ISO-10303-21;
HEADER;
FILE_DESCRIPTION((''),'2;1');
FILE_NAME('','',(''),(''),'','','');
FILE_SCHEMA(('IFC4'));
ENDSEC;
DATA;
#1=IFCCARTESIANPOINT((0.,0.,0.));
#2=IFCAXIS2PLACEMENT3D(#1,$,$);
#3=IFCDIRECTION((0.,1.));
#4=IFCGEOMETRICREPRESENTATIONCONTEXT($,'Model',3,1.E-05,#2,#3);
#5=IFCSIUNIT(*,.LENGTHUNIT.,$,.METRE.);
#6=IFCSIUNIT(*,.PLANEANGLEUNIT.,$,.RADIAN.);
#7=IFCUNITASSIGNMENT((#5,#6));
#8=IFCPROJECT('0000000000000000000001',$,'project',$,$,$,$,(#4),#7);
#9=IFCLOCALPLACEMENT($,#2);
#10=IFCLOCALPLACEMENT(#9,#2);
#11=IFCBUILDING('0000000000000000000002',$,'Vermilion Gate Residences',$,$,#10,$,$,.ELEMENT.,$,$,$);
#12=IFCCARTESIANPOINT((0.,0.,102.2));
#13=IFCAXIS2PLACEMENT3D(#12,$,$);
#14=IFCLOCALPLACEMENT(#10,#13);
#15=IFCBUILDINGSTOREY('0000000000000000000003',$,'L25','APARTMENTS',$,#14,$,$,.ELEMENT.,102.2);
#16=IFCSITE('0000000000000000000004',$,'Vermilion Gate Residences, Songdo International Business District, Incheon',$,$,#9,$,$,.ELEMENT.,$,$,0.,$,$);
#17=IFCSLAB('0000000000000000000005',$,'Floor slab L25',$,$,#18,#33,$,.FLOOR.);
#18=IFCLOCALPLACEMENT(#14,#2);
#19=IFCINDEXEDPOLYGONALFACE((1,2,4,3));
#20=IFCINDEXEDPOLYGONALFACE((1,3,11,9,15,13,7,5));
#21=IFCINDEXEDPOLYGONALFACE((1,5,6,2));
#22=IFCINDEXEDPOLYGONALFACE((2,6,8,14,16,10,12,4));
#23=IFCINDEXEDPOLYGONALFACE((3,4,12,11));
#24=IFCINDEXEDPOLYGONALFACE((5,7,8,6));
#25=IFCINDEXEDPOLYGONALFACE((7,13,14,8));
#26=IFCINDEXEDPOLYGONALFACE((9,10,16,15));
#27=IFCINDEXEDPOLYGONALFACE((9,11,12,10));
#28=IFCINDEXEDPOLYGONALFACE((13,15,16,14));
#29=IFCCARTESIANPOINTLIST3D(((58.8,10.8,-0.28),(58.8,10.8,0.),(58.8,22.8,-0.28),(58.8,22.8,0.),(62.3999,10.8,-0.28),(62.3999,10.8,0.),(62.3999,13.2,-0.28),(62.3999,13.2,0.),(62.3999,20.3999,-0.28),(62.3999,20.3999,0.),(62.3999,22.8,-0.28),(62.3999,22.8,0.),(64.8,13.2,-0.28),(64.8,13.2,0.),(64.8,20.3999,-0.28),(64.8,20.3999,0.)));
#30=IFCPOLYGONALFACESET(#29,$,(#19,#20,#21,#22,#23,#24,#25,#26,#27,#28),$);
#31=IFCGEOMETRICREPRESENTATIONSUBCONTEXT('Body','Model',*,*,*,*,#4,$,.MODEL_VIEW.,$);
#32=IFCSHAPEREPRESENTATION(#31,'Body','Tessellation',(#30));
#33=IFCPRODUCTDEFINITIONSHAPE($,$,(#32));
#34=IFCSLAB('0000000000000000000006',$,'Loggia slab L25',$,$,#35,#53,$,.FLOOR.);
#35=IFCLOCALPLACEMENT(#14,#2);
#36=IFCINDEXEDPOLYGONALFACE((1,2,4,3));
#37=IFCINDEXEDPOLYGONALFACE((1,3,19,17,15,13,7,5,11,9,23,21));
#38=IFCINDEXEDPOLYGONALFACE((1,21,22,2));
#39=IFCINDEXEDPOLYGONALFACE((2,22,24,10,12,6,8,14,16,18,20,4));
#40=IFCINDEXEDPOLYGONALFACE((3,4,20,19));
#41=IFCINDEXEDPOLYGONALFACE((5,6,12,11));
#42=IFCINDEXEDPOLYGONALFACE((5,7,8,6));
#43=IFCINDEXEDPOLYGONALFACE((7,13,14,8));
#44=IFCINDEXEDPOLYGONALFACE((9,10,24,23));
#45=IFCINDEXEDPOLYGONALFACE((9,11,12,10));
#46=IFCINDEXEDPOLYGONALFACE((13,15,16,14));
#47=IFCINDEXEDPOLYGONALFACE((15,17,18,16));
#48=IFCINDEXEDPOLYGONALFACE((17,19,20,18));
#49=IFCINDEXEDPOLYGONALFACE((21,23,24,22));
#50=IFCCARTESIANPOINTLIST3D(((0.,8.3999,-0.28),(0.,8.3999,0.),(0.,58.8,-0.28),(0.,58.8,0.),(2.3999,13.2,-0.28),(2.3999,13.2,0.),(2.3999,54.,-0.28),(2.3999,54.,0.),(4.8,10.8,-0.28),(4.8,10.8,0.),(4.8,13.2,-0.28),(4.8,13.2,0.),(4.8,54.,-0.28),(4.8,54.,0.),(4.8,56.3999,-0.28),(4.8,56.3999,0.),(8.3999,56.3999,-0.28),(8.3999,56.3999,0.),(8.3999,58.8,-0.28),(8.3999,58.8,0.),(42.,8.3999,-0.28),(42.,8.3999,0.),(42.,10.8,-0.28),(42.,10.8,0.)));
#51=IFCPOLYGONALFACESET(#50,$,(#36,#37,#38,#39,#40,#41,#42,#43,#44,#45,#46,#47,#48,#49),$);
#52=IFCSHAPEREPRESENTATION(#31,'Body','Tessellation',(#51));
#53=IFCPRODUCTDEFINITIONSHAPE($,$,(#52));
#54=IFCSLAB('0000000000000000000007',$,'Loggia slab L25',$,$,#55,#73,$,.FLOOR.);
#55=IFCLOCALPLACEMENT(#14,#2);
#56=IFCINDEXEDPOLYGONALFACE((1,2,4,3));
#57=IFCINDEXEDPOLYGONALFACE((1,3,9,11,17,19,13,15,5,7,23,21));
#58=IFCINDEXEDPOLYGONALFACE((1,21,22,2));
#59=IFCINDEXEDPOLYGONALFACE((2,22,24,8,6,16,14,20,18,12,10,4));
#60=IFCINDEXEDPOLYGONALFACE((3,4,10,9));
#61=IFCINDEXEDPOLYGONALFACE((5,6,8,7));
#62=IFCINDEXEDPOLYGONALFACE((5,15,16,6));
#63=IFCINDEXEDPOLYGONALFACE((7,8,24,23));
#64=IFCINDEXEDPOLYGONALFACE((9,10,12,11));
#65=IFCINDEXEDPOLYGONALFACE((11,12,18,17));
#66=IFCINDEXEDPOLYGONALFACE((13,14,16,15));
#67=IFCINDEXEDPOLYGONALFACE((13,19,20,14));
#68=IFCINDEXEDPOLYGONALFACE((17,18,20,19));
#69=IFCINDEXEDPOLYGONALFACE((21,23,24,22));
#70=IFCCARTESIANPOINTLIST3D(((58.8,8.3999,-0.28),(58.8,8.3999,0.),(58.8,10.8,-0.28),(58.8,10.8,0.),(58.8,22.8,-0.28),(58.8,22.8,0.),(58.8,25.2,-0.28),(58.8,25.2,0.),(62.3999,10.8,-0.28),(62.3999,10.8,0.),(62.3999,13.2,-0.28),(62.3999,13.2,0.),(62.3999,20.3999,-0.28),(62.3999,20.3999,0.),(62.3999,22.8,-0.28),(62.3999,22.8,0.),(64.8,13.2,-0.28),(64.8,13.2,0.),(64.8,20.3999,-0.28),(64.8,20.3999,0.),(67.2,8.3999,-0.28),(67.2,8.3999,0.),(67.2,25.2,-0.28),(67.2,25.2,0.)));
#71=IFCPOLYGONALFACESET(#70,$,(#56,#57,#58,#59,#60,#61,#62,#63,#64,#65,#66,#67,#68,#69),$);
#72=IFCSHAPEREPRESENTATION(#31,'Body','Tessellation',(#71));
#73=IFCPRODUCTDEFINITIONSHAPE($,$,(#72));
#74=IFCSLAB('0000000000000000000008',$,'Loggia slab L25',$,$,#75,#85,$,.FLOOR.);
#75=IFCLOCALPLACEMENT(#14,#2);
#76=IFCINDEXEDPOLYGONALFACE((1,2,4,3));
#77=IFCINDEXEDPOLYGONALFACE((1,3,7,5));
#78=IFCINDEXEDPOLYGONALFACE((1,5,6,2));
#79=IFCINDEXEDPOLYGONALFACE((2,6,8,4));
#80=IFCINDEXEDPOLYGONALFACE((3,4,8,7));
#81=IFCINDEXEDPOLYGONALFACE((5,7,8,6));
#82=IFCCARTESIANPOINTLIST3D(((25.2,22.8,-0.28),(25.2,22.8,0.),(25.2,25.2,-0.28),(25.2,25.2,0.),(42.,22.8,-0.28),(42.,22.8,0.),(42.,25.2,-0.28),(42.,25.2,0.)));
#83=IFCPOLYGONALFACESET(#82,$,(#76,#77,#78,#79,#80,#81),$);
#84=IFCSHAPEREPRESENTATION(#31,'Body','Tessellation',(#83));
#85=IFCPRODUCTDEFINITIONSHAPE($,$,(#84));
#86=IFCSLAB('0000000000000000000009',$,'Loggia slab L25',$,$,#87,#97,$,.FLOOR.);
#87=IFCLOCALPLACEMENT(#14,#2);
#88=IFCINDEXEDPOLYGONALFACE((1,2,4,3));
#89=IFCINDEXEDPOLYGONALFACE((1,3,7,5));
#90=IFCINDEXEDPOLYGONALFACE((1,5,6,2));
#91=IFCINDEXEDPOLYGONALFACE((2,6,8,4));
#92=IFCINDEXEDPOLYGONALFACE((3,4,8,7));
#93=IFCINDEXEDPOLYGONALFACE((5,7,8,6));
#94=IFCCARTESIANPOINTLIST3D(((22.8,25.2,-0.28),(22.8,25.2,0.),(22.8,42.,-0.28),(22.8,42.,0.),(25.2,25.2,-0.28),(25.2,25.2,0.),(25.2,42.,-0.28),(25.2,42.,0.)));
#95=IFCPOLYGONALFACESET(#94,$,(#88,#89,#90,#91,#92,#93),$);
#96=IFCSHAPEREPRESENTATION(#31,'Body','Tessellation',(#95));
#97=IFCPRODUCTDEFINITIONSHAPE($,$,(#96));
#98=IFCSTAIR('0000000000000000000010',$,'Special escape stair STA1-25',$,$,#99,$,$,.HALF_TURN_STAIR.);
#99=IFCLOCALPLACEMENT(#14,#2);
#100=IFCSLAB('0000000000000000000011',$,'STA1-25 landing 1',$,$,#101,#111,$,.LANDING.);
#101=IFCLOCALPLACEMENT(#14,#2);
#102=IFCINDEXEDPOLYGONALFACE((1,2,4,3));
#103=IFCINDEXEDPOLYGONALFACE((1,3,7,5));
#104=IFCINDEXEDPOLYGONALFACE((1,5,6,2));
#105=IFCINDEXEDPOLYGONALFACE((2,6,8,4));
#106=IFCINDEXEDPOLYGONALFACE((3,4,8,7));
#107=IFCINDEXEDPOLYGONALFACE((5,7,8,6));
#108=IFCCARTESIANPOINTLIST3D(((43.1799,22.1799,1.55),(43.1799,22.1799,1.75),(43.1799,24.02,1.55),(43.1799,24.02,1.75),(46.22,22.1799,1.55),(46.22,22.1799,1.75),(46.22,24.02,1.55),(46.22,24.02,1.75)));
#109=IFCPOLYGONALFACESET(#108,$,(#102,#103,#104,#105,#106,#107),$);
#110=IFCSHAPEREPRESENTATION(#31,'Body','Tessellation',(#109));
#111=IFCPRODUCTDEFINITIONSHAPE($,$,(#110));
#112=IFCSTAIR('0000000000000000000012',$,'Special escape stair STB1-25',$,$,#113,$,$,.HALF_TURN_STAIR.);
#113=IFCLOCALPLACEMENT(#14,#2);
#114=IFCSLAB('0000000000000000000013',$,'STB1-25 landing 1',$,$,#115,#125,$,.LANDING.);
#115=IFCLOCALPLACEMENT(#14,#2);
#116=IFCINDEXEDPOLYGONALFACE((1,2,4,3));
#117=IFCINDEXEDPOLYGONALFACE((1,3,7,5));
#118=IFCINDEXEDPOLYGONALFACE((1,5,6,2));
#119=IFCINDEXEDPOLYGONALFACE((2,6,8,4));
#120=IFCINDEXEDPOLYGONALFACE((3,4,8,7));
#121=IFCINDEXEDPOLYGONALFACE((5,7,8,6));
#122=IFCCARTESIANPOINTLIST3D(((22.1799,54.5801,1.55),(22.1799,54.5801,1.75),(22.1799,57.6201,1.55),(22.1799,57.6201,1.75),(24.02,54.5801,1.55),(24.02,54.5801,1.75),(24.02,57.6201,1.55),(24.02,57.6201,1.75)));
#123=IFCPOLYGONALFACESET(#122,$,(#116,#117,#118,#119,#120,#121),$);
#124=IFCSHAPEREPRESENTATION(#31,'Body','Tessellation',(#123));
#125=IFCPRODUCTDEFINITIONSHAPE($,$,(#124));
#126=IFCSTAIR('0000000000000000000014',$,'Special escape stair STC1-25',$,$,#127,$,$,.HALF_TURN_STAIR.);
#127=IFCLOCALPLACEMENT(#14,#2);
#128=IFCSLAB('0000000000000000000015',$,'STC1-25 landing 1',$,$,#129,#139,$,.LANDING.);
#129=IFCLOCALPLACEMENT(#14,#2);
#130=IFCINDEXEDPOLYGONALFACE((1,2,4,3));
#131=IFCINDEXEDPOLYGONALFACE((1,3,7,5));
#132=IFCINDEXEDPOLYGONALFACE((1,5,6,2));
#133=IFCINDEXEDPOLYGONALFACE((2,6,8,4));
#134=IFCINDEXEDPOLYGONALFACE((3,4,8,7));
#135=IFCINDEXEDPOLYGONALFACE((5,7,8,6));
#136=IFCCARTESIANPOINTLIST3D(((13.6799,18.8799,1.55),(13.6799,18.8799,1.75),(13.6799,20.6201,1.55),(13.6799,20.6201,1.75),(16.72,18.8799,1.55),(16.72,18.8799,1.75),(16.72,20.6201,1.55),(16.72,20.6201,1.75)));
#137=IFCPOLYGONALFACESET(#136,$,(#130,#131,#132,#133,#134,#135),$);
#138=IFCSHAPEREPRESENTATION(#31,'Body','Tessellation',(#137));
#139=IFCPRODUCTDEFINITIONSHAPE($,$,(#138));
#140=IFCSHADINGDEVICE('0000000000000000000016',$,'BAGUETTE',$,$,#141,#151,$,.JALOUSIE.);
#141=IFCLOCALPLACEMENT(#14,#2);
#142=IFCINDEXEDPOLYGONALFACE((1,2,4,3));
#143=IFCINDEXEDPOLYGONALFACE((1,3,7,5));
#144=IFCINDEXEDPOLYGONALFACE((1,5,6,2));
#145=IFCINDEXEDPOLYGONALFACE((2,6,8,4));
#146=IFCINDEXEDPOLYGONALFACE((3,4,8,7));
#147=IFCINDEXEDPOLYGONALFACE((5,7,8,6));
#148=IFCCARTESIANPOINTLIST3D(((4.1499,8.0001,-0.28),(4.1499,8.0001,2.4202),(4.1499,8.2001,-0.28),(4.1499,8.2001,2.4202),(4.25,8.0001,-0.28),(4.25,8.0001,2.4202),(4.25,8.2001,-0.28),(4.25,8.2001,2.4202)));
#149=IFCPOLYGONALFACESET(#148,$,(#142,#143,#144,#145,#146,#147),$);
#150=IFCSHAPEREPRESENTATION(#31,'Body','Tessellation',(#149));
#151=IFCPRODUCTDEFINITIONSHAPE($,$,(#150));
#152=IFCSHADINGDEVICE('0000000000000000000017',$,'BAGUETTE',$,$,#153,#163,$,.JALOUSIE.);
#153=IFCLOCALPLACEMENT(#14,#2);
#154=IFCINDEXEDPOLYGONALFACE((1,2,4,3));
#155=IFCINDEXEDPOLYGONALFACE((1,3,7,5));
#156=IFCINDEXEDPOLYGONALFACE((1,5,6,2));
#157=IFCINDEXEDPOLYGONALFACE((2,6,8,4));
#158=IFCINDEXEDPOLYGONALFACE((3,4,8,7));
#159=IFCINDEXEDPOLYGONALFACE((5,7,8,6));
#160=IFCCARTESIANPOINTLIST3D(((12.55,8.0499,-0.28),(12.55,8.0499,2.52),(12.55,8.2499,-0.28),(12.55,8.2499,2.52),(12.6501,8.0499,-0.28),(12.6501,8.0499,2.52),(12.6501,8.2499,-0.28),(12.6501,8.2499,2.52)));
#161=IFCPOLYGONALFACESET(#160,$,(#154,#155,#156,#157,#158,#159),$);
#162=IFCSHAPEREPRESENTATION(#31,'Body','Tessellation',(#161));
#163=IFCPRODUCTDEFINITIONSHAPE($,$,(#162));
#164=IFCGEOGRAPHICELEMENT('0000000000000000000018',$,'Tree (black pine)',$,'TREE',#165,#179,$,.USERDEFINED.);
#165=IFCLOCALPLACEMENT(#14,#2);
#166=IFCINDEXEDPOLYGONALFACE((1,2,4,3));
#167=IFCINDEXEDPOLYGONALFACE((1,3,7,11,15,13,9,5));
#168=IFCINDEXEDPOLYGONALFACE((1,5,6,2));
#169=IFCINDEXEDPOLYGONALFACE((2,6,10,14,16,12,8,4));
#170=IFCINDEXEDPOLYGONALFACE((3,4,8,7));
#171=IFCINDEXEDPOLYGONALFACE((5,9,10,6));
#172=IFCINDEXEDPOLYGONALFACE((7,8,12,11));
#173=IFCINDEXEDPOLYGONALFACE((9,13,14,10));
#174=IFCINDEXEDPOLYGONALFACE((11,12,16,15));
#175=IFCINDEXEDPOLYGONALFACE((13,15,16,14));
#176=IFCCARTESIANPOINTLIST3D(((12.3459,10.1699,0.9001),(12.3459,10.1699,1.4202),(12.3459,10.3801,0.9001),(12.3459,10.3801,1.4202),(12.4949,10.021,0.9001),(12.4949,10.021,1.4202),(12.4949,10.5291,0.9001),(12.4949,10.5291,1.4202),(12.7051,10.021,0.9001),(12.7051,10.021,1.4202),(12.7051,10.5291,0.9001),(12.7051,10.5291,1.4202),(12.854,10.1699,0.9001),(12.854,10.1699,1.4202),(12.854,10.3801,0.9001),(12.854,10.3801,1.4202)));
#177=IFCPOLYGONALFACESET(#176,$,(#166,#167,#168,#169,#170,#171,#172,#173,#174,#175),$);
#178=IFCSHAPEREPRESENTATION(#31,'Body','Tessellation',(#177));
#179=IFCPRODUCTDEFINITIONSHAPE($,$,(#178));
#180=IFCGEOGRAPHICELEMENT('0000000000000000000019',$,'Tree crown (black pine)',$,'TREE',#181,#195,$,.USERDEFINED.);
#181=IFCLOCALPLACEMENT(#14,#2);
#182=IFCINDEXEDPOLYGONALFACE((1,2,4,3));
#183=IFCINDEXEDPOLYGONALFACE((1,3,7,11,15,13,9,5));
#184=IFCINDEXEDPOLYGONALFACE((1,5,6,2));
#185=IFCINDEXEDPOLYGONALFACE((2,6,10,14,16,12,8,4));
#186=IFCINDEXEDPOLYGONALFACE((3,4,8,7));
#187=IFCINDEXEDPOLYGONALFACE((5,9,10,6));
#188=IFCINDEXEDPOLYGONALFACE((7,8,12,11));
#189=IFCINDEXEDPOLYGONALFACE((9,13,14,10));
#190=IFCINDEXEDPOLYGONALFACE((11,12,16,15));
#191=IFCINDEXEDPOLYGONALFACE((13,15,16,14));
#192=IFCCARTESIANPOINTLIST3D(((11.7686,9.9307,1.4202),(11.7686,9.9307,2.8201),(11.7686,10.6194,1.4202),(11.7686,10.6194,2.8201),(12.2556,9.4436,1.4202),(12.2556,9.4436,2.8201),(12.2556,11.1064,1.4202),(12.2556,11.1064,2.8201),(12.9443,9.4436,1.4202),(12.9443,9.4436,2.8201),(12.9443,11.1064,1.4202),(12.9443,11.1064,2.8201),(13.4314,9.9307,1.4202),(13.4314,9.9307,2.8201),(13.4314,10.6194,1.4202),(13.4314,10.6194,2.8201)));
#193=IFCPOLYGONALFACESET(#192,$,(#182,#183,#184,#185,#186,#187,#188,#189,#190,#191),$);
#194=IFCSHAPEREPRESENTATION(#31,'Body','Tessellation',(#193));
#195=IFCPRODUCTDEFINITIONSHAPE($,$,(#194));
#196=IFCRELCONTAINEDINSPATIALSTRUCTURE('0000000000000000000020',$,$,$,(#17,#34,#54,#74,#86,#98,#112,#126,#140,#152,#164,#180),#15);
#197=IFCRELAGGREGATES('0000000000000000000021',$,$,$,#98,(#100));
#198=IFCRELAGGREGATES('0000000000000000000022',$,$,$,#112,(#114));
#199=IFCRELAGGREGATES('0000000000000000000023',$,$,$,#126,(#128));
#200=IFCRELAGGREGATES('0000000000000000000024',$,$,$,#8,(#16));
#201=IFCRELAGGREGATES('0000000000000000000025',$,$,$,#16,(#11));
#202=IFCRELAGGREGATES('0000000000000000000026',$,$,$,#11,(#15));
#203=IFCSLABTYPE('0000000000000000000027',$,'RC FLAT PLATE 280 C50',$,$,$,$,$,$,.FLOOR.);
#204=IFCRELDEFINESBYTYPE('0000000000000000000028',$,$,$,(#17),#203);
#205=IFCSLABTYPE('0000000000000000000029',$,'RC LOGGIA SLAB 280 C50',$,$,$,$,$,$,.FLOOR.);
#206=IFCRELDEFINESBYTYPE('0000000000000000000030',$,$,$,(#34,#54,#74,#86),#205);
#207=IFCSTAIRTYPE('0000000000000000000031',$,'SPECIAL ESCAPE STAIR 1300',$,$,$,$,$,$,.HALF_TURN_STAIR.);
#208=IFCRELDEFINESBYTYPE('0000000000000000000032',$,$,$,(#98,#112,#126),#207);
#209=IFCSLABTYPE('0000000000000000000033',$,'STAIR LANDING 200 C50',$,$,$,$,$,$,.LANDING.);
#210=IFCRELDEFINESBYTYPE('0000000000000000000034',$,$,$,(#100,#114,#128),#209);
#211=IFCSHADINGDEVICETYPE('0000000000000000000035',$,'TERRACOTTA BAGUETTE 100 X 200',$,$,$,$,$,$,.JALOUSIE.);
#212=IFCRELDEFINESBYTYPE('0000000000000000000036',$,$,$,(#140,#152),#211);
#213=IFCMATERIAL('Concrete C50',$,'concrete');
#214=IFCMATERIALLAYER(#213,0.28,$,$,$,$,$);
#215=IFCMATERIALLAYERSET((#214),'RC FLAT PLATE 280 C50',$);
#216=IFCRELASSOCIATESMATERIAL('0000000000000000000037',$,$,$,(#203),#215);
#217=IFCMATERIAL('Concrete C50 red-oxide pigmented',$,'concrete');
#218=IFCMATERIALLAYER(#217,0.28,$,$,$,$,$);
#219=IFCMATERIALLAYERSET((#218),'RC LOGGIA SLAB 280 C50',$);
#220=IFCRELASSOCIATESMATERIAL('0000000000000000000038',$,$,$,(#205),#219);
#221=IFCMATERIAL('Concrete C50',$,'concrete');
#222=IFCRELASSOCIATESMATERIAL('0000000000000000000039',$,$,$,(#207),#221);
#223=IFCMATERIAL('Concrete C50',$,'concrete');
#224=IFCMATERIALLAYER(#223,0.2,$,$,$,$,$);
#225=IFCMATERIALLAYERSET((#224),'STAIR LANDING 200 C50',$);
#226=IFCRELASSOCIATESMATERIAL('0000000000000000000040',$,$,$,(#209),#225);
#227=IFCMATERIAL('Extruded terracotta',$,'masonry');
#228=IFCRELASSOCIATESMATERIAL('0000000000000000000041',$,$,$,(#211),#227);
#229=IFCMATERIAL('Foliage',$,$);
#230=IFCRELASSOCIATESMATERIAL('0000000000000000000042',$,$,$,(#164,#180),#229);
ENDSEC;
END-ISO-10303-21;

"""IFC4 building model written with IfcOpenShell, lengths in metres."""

from ifc_helpers import new_model, si_unit, direction, frame, origin, origin_2d, place, context, subcontext, project, spatial, polyline, rectangle, outline, extrude, material, layer, layer_set, material_profile, profile_set, type_object, element, aggregate, save


model = new_model("IFC4")

# Units and contexts
model_context = context("Model", 3, precision=1e-05, world=origin(), true_north=direction((0.0, 1.0)))
body_context = subcontext(model_context, "Body", "Model", "MODEL_VIEW")
ifc_project = project(units=[si_unit("LENGTHUNIT", "METRE"), si_unit("PLANEANGLEUNIT", "RADIAN")], contexts=[model_context])

# Site, building, storey
site_placement = place(None, origin())
site = spatial("IfcSite", under=ifc_project, at=site_placement, Name="Vermilion Gate Residences, Songdo International Business District, Incheon", CompositionType="ELEMENT", RefElevation=0.0)
building_placement = place(site_placement, origin())
building = spatial("IfcBuilding", under=site, at=building_placement, Name="Vermilion Gate Residences", CompositionType="ELEMENT")
storey_placement = place(building_placement, frame((0.0, 0.0, 102.2)))
storey = spatial("IfcBuildingStorey", under=building, at=storey_placement, Name="L25", Description="APARTMENTS", CompositionType="ELEMENT", Elevation=102.2)

# Slabs
ifc_material_1 = material(Name="Concrete C50", Category="concrete")
ifc_layer_1 = layer(ifc_material_1, 0.28)
ifc_layer_set_1 = layer_set([ifc_layer_1], Name="RC FLAT PLATE 280 C50")
slab_type_1 = type_object("IfcSlabType", Name="RC FLAT PLATE 280 C50", PredefinedType="FLOOR", material=ifc_layer_set_1)
slab_1_placement = place(storey_placement, frame((0.0, 0.0, -0.28)))
element("IfcSlab", 1, at=slab_1_placement, inside=storey, type_object=slab_type_1, Name="Floor slab L25", PredefinedType="FLOOR", context=body_context, shape_type="SweptSolid", body=[
    extrude(outline(polyline([(58.8, 22.8), (58.8, 10.8), (62.3999, 10.8), (62.3999, 13.2), (64.8, 13.2), (64.8, 20.3999), (62.3999, 20.3999), (62.3999, 22.8), (58.8, 22.8)])), origin(), (0.0, 0.0, 1.0), 0.28),
])
ifc_material_2 = material(Name="Concrete C50 red-oxide pigmented", Category="concrete")
ifc_layer_2 = layer(ifc_material_2, 0.28)
ifc_layer_set_2 = layer_set([ifc_layer_2], Name="RC LOGGIA SLAB 280 C50")
slab_type_2 = type_object("IfcSlabType", Name="RC LOGGIA SLAB 280 C50", PredefinedType="FLOOR", material=ifc_layer_set_2)
slab_2_placement = place(storey_placement, frame((0.0, 0.0, -0.28)))
element("IfcSlab", 2, at=slab_2_placement, inside=storey, type_object=slab_type_2, Name="Loggia slab L25", PredefinedType="FLOOR", context=body_context, shape_type="SweptSolid", body=[
    extrude(outline(polyline([(0.0, 58.8), (0.0, 8.3999), (42.0, 8.3999), (42.0, 10.8), (4.8, 10.8), (4.8, 13.2), (2.3999, 13.2), (2.3999, 54.0), (4.8, 54.0), (4.8, 56.3999), (8.3999, 56.3999), (8.3999, 58.8), (0.0, 58.8)])), origin(), (0.0, 0.0, 1.0), 0.28),
])
slab_3_placement = place(storey_placement, frame((0.0, 0.0, -0.28)))
element("IfcSlab", 3, at=slab_3_placement, inside=storey, type_object=slab_type_2, Name="Loggia slab L25", PredefinedType="FLOOR", context=body_context, shape_type="SweptSolid", body=[
    extrude(outline(polyline([(64.8, 20.3999), (64.8, 13.2), (62.3999, 13.2), (62.3999, 10.8), (58.8, 10.8), (58.8, 8.3999), (67.2, 8.3999), (67.2, 25.2), (58.8, 25.2), (58.8, 22.8), (62.3999, 22.8), (62.3999, 20.3999), (64.8, 20.3999)])), origin(), (0.0, 0.0, 1.0), 0.28),
])
slab_4_placement = place(storey_placement, frame((0.0, 0.0, -0.28)))
element("IfcSlab", 4, at=slab_4_placement, inside=storey, type_object=slab_type_2, Name="Loggia slab L25", PredefinedType="FLOOR", context=body_context, shape_type="SweptSolid", body=[
    extrude(outline(polyline([(25.2, 22.8), (42.0, 22.8), (42.0, 25.2), (25.2, 25.2), (25.2, 22.8)])), origin(), (0.0, 0.0, 1.0), 0.28),
])
slab_5_placement = place(storey_placement, frame((0.0, 0.0, -0.28)))
element("IfcSlab", 5, at=slab_5_placement, inside=storey, type_object=slab_type_2, Name="Loggia slab L25", PredefinedType="FLOOR", context=body_context, shape_type="SweptSolid", body=[
    extrude(outline(polyline([(25.2, 25.2), (25.2, 42.0), (22.8, 42.0), (22.8, 25.2), (25.2, 25.2)])), origin(), (0.0, 0.0, 1.0), 0.28),
])

# Stairs, slabs
ifc_material_3 = material(Name="Concrete C50", Category="concrete")
stair_type = type_object("IfcStairType", Name="SPECIAL ESCAPE STAIR 1300", PredefinedType="HALF_TURN_STAIR", material=ifc_material_3)
stair_1_placement = place(storey_placement, origin())
stair_1 = element("IfcStair", 6, at=stair_1_placement, inside=storey, type_object=stair_type, Name="Special escape stair STA1-25", PredefinedType="HALF_TURN_STAIR")
ifc_material_4 = material(Name="Concrete C50", Category="concrete")
ifc_layer_3 = layer(ifc_material_4, 0.2)
ifc_layer_set_3 = layer_set([ifc_layer_3], Name="STAIR LANDING 200 C50")
slab_type_3 = type_object("IfcSlabType", Name="STAIR LANDING 200 C50", PredefinedType="LANDING", material=ifc_layer_set_3)
slab_6_placement = place(storey_placement, frame((0.0, 0.0, 1.55)))
slab_6 = element("IfcSlab", 7, at=slab_6_placement, type_object=slab_type_3, Name="STA1-25 landing 1", PredefinedType="LANDING", context=body_context, shape_type="SweptSolid", body=[
    extrude(outline(polyline([(46.22, 22.1799), (46.22, 24.02), (43.1799, 24.02), (43.1799, 22.1799), (46.22, 22.1799)])), origin(), (0.0, 0.0, 1.0), 0.2),
])
aggregate(stair_1, [slab_6])
stair_2_placement = place(storey_placement, origin())
stair_2 = element("IfcStair", 8, at=stair_2_placement, inside=storey, type_object=stair_type, Name="Special escape stair STB1-25", PredefinedType="HALF_TURN_STAIR")
slab_7_placement = place(storey_placement, frame((0.0, 0.0, 1.55)))
slab_7 = element("IfcSlab", 9, at=slab_7_placement, type_object=slab_type_3, Name="STB1-25 landing 1", PredefinedType="LANDING", context=body_context, shape_type="SweptSolid", body=[
    extrude(outline(polyline([(24.02, 54.5801), (24.02, 57.6201), (22.1799, 57.6201), (22.1799, 54.5801), (24.02, 54.5801)])), origin(), (0.0, 0.0, 1.0), 0.2),
])
aggregate(stair_2, [slab_7])
stair_3_placement = place(storey_placement, origin())
stair_3 = element("IfcStair", 10, at=stair_3_placement, inside=storey, type_object=stair_type, Name="Special escape stair STC1-25", PredefinedType="HALF_TURN_STAIR")
slab_8_placement = place(storey_placement, frame((0.0, 0.0, 1.55)))
slab_8 = element("IfcSlab", 11, at=slab_8_placement, type_object=slab_type_3, Name="STC1-25 landing 1", PredefinedType="LANDING", context=body_context, shape_type="SweptSolid", body=[
    extrude(outline(polyline([(16.72, 18.8799), (16.72, 20.6201), (13.6799, 20.6201), (13.6799, 18.8799), (16.72, 18.8799)])), origin(), (0.0, 0.0, 1.0), 0.2),
])
aggregate(stair_3, [slab_8])

# Shading devices
ifc_material_5 = material(Name="Extruded terracotta", Category="masonry")
ifc_material_profile_1 = material_profile(ifc_material_5, rectangle(XDim=0.2, YDim=0.1001, at=origin_2d()), Name="BAGUETTE 100 X 200")
ifc_profile_set_1 = profile_set([ifc_material_profile_1], Name="Extruded terracotta")
shading_device_type = type_object("IfcShadingDeviceType", Name="TERRACOTTA BAGUETTE 100 X 200", PredefinedType="JALOUSIE", material=ifc_profile_set_1)
shading_device_1_placement = place(storey_placement, frame((4.2, 8.1001, -0.28), z_axis=(0.0, 0.0, 1.0), x_axis=(0.0, 1.0, 0.0)))
element("IfcShadingDevice", 12, at=shading_device_1_placement, inside=storey, type_object=shading_device_type, Name="BAGUETTE", PredefinedType="JALOUSIE", context=body_context, shape_type="SweptSolid", body=[
    extrude(rectangle(XDim=0.2, YDim=0.1001, at=origin_2d()), origin(), (0.0, 0.0, 1.0), 2.7002),
])
shading_device_2_placement = place(storey_placement, frame((12.6001, 8.1499, -0.28), z_axis=(0.0, 0.0, 1.0), x_axis=(0.0, 1.0, 0.0)))
element("IfcShadingDevice", 13, at=shading_device_2_placement, inside=storey, type_object=shading_device_type, Name="BAGUETTE", PredefinedType="JALOUSIE", context=body_context, shape_type="SweptSolid", body=[
    extrude(rectangle(XDim=0.2, YDim=0.1001, at=origin_2d()), origin(), (0.0, 0.0, 1.0), 2.8),
])

# Geographic elements
ifc_material_6 = material(Name="Foliage")
geographic_element_1_placement = place(storey_placement, frame((0.0, 0.0, 0.9001)))
element("IfcGeographicElement", 14, at=geographic_element_1_placement, inside=storey, material=ifc_material_6, Name="Tree (black pine)", ObjectType="TREE", PredefinedType="USERDEFINED", context=body_context, shape_type="SweptSolid", body=[
    extrude(outline(polyline([(12.854, 10.3801), (12.7051, 10.5291), (12.4949, 10.5291), (12.3459, 10.3801), (12.3459, 10.1699), (12.4949, 10.021), (12.7051, 10.021), (12.854, 10.1699), (12.854, 10.3801)])), origin(), (0.0, 0.0, 1.0), 0.52),
])
geographic_element_2_placement = place(storey_placement, frame((0.0, 0.0, 1.4202)))
element("IfcGeographicElement", 15, at=geographic_element_2_placement, inside=storey, material=ifc_material_6, Name="Tree crown (black pine)", ObjectType="TREE", PredefinedType="USERDEFINED", context=body_context, shape_type="SweptSolid", body=[
    extrude(outline(polyline([(13.4314, 10.6194), (12.9443, 11.1064), (12.2556, 11.1064), (11.7686, 10.6194), (11.7686, 9.9307), (12.2556, 9.4436), (12.9443, 9.4436), (13.4314, 9.9307), (13.4314, 10.6194)])), origin(), (0.0, 0.0, 1.0), 1.3999),
])

save(model, "model.ifc")
